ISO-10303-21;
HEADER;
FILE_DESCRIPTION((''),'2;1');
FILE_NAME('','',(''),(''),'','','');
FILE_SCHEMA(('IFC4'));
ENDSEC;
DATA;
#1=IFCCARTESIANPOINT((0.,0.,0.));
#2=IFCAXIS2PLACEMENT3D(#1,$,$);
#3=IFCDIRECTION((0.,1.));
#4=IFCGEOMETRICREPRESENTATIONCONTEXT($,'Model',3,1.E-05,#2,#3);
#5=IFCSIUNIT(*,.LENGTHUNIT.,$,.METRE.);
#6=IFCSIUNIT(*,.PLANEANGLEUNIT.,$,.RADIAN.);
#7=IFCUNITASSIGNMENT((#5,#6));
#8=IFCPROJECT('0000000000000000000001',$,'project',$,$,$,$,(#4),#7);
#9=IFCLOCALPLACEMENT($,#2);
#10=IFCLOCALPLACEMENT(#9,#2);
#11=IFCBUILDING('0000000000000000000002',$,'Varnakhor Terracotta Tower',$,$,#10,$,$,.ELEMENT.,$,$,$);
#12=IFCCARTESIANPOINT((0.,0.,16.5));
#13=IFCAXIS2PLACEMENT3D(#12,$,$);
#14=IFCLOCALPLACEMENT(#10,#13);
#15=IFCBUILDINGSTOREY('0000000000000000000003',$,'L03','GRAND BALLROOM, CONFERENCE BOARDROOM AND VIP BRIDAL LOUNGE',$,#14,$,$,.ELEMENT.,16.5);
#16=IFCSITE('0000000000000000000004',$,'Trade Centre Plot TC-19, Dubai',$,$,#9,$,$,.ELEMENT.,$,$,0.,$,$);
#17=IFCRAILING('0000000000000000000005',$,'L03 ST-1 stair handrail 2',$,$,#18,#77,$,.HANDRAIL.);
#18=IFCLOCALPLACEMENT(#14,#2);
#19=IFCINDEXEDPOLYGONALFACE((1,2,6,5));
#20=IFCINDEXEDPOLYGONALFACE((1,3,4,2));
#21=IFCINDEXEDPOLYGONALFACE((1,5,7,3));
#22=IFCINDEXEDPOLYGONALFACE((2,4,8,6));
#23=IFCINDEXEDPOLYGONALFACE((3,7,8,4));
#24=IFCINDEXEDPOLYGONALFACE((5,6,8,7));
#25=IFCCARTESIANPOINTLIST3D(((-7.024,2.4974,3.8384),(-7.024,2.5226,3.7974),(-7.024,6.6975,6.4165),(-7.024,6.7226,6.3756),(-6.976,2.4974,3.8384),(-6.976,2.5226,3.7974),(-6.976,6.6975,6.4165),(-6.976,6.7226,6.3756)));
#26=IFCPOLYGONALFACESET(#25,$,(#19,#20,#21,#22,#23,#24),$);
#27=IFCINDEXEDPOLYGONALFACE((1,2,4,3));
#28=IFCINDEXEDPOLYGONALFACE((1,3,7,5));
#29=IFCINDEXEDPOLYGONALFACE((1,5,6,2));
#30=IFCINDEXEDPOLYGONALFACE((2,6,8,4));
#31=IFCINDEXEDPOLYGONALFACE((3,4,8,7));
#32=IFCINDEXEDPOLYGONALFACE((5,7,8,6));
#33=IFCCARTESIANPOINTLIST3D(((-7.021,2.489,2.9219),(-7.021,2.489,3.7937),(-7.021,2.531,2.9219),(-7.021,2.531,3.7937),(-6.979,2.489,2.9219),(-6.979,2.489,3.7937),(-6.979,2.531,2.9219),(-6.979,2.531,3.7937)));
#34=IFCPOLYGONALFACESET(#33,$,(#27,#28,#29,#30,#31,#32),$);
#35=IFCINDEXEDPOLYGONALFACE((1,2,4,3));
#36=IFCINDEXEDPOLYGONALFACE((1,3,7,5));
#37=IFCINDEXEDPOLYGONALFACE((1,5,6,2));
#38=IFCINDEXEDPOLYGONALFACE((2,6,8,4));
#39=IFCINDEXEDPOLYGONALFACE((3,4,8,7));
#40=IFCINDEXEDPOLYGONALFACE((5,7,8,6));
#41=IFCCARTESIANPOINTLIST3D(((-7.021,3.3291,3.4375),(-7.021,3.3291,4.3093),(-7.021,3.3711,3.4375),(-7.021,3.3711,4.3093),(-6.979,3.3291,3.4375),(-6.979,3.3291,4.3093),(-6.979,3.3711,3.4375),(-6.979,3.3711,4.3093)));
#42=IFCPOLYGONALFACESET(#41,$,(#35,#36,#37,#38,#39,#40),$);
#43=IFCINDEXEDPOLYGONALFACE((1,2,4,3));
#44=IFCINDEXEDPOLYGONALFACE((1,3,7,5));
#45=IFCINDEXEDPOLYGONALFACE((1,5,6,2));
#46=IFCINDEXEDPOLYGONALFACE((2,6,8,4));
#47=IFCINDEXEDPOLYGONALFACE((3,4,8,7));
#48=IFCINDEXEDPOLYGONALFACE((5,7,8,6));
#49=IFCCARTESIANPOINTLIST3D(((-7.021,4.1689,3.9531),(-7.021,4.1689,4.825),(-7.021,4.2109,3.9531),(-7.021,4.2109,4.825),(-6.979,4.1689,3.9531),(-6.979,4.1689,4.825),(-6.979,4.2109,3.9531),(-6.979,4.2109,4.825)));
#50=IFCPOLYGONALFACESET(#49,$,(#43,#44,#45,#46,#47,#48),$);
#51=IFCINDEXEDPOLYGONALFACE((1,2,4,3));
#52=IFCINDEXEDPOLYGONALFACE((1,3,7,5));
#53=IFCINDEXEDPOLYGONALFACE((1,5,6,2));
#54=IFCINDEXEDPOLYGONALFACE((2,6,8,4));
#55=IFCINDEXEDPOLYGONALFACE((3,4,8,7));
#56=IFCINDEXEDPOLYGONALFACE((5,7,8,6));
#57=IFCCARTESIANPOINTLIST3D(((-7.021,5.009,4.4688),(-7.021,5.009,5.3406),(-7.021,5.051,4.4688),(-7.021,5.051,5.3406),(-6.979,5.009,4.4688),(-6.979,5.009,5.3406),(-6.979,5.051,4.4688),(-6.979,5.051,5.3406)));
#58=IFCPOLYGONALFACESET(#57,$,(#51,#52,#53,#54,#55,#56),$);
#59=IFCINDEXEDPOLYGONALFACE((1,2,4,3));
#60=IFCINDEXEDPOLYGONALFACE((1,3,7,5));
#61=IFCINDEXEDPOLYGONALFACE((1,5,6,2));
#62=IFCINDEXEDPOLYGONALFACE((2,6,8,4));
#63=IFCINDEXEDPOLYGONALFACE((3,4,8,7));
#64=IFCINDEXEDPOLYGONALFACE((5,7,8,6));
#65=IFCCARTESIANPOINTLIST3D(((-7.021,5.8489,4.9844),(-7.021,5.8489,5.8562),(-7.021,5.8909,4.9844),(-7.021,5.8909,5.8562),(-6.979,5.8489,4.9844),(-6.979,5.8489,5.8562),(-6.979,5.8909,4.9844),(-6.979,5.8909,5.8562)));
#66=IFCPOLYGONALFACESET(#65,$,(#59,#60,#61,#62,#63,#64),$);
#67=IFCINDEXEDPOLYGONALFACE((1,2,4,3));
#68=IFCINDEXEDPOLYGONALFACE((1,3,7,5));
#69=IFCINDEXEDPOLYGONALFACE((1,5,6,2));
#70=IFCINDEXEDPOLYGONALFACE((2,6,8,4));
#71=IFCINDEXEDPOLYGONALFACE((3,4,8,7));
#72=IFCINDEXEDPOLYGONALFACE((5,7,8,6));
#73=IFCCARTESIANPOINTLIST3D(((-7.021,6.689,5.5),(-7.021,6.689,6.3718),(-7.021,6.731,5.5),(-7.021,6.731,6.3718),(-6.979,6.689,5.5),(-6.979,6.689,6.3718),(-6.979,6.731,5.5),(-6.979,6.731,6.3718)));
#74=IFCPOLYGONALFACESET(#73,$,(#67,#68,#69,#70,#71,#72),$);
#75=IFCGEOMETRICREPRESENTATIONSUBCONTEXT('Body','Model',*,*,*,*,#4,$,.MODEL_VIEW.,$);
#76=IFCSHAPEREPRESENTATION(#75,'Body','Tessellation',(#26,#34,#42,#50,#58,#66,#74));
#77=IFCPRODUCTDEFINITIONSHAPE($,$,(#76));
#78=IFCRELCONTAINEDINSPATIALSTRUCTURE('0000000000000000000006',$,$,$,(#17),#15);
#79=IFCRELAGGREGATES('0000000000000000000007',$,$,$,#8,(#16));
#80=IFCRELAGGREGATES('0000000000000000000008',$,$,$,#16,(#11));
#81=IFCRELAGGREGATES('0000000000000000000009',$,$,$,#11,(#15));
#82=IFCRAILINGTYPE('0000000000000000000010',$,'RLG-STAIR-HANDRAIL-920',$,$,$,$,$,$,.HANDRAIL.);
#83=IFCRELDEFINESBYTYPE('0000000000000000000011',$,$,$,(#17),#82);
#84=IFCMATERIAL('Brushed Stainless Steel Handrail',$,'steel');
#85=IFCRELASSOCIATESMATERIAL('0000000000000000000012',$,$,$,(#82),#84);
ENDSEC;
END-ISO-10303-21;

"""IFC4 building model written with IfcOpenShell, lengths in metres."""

from ifc_helpers import new_model, si_unit, direction, frame, origin, origin_2d, place, context, subcontext, project, spatial, rectangle, extrude, material, type_object, element, save


model = new_model("IFC4")

# Units and contexts
model_context = context("Model", 3, precision=1e-05, world=origin(), true_north=direction((0.0, 1.0)))
body_context = subcontext(model_context, "Body", "Model", "MODEL_VIEW")
ifc_project = project(units=[si_unit("LENGTHUNIT", "METRE"), si_unit("PLANEANGLEUNIT", "RADIAN")], contexts=[model_context])

# Site, building, storey
site_placement = place(None, origin())
site = spatial("IfcSite", under=ifc_project, at=site_placement, Name="Trade Centre Plot TC-19, Dubai", CompositionType="ELEMENT", RefElevation=0.0)
building_placement = place(site_placement, origin())
building = spatial("IfcBuilding", under=site, at=building_placement, Name="Varnakhor Terracotta Tower", CompositionType="ELEMENT")
storey_placement = place(building_placement, frame((0.0, 0.0, 16.5)))
storey = spatial("IfcBuildingStorey", under=building, at=storey_placement, Name="L03", Description="GRAND BALLROOM, CONFERENCE BOARDROOM AND VIP BRIDAL LOUNGE", CompositionType="ELEMENT", Elevation=16.5)

# Railing
ifc_material_1 = material(Name="Brushed Stainless Steel Handrail", Category="steel")
railing_type_1 = type_object("IfcRailingType", Name="RLG-STAIR-HANDRAIL-920", PredefinedType="HANDRAIL", material=ifc_material_1)
railing_1_placement = place(storey_placement, frame((-7.0, 2.51, 2.9219)))
element("IfcRailing", 1, at=railing_1_placement, inside=storey, type_object=railing_type_1, Name="L03 ST-1 stair handrail 2", PredefinedType="HANDRAIL", context=body_context, shape_type="SweptSolid", body=[
    extrude(rectangle(XDim=0.0481, YDim=0.0481, at=origin_2d()), frame((0.0, 0.0, 0.896), z_axis=(0.0, 0.852243, 0.523146), x_axis=(-1.0, 0.0, 0.0)), (0.0, 0.0, 1.0), 4.9282),
    extrude(rectangle(XDim=0.042, YDim=0.042, at=origin_2d()), origin(), (0.0, 0.0, 1.0), 0.8718),
    extrude(rectangle(XDim=0.042, YDim=0.042, at=origin_2d()), frame((0.0, 0.8401, 0.5156)), (0.0, 0.0, 1.0), 0.8718),
    extrude(rectangle(XDim=0.042, YDim=0.042, at=origin_2d()), frame((0.0, 1.6799, 1.0312)), (0.0, 0.0, 1.0), 0.8718),
    extrude(rectangle(XDim=0.042, YDim=0.042, at=origin_2d()), frame((0.0, 2.52, 1.5469)), (0.0, 0.0, 1.0), 0.8718),
    extrude(rectangle(XDim=0.042, YDim=0.042, at=origin_2d()), frame((0.0, 3.3599, 2.0625)), (0.0, 0.0, 1.0), 0.8718),
    extrude(rectangle(XDim=0.042, YDim=0.042, at=origin_2d()), frame((0.0, 4.2, 2.5781)), (0.0, 0.0, 1.0), 0.8718),
])

save(model, "model.ifc")
